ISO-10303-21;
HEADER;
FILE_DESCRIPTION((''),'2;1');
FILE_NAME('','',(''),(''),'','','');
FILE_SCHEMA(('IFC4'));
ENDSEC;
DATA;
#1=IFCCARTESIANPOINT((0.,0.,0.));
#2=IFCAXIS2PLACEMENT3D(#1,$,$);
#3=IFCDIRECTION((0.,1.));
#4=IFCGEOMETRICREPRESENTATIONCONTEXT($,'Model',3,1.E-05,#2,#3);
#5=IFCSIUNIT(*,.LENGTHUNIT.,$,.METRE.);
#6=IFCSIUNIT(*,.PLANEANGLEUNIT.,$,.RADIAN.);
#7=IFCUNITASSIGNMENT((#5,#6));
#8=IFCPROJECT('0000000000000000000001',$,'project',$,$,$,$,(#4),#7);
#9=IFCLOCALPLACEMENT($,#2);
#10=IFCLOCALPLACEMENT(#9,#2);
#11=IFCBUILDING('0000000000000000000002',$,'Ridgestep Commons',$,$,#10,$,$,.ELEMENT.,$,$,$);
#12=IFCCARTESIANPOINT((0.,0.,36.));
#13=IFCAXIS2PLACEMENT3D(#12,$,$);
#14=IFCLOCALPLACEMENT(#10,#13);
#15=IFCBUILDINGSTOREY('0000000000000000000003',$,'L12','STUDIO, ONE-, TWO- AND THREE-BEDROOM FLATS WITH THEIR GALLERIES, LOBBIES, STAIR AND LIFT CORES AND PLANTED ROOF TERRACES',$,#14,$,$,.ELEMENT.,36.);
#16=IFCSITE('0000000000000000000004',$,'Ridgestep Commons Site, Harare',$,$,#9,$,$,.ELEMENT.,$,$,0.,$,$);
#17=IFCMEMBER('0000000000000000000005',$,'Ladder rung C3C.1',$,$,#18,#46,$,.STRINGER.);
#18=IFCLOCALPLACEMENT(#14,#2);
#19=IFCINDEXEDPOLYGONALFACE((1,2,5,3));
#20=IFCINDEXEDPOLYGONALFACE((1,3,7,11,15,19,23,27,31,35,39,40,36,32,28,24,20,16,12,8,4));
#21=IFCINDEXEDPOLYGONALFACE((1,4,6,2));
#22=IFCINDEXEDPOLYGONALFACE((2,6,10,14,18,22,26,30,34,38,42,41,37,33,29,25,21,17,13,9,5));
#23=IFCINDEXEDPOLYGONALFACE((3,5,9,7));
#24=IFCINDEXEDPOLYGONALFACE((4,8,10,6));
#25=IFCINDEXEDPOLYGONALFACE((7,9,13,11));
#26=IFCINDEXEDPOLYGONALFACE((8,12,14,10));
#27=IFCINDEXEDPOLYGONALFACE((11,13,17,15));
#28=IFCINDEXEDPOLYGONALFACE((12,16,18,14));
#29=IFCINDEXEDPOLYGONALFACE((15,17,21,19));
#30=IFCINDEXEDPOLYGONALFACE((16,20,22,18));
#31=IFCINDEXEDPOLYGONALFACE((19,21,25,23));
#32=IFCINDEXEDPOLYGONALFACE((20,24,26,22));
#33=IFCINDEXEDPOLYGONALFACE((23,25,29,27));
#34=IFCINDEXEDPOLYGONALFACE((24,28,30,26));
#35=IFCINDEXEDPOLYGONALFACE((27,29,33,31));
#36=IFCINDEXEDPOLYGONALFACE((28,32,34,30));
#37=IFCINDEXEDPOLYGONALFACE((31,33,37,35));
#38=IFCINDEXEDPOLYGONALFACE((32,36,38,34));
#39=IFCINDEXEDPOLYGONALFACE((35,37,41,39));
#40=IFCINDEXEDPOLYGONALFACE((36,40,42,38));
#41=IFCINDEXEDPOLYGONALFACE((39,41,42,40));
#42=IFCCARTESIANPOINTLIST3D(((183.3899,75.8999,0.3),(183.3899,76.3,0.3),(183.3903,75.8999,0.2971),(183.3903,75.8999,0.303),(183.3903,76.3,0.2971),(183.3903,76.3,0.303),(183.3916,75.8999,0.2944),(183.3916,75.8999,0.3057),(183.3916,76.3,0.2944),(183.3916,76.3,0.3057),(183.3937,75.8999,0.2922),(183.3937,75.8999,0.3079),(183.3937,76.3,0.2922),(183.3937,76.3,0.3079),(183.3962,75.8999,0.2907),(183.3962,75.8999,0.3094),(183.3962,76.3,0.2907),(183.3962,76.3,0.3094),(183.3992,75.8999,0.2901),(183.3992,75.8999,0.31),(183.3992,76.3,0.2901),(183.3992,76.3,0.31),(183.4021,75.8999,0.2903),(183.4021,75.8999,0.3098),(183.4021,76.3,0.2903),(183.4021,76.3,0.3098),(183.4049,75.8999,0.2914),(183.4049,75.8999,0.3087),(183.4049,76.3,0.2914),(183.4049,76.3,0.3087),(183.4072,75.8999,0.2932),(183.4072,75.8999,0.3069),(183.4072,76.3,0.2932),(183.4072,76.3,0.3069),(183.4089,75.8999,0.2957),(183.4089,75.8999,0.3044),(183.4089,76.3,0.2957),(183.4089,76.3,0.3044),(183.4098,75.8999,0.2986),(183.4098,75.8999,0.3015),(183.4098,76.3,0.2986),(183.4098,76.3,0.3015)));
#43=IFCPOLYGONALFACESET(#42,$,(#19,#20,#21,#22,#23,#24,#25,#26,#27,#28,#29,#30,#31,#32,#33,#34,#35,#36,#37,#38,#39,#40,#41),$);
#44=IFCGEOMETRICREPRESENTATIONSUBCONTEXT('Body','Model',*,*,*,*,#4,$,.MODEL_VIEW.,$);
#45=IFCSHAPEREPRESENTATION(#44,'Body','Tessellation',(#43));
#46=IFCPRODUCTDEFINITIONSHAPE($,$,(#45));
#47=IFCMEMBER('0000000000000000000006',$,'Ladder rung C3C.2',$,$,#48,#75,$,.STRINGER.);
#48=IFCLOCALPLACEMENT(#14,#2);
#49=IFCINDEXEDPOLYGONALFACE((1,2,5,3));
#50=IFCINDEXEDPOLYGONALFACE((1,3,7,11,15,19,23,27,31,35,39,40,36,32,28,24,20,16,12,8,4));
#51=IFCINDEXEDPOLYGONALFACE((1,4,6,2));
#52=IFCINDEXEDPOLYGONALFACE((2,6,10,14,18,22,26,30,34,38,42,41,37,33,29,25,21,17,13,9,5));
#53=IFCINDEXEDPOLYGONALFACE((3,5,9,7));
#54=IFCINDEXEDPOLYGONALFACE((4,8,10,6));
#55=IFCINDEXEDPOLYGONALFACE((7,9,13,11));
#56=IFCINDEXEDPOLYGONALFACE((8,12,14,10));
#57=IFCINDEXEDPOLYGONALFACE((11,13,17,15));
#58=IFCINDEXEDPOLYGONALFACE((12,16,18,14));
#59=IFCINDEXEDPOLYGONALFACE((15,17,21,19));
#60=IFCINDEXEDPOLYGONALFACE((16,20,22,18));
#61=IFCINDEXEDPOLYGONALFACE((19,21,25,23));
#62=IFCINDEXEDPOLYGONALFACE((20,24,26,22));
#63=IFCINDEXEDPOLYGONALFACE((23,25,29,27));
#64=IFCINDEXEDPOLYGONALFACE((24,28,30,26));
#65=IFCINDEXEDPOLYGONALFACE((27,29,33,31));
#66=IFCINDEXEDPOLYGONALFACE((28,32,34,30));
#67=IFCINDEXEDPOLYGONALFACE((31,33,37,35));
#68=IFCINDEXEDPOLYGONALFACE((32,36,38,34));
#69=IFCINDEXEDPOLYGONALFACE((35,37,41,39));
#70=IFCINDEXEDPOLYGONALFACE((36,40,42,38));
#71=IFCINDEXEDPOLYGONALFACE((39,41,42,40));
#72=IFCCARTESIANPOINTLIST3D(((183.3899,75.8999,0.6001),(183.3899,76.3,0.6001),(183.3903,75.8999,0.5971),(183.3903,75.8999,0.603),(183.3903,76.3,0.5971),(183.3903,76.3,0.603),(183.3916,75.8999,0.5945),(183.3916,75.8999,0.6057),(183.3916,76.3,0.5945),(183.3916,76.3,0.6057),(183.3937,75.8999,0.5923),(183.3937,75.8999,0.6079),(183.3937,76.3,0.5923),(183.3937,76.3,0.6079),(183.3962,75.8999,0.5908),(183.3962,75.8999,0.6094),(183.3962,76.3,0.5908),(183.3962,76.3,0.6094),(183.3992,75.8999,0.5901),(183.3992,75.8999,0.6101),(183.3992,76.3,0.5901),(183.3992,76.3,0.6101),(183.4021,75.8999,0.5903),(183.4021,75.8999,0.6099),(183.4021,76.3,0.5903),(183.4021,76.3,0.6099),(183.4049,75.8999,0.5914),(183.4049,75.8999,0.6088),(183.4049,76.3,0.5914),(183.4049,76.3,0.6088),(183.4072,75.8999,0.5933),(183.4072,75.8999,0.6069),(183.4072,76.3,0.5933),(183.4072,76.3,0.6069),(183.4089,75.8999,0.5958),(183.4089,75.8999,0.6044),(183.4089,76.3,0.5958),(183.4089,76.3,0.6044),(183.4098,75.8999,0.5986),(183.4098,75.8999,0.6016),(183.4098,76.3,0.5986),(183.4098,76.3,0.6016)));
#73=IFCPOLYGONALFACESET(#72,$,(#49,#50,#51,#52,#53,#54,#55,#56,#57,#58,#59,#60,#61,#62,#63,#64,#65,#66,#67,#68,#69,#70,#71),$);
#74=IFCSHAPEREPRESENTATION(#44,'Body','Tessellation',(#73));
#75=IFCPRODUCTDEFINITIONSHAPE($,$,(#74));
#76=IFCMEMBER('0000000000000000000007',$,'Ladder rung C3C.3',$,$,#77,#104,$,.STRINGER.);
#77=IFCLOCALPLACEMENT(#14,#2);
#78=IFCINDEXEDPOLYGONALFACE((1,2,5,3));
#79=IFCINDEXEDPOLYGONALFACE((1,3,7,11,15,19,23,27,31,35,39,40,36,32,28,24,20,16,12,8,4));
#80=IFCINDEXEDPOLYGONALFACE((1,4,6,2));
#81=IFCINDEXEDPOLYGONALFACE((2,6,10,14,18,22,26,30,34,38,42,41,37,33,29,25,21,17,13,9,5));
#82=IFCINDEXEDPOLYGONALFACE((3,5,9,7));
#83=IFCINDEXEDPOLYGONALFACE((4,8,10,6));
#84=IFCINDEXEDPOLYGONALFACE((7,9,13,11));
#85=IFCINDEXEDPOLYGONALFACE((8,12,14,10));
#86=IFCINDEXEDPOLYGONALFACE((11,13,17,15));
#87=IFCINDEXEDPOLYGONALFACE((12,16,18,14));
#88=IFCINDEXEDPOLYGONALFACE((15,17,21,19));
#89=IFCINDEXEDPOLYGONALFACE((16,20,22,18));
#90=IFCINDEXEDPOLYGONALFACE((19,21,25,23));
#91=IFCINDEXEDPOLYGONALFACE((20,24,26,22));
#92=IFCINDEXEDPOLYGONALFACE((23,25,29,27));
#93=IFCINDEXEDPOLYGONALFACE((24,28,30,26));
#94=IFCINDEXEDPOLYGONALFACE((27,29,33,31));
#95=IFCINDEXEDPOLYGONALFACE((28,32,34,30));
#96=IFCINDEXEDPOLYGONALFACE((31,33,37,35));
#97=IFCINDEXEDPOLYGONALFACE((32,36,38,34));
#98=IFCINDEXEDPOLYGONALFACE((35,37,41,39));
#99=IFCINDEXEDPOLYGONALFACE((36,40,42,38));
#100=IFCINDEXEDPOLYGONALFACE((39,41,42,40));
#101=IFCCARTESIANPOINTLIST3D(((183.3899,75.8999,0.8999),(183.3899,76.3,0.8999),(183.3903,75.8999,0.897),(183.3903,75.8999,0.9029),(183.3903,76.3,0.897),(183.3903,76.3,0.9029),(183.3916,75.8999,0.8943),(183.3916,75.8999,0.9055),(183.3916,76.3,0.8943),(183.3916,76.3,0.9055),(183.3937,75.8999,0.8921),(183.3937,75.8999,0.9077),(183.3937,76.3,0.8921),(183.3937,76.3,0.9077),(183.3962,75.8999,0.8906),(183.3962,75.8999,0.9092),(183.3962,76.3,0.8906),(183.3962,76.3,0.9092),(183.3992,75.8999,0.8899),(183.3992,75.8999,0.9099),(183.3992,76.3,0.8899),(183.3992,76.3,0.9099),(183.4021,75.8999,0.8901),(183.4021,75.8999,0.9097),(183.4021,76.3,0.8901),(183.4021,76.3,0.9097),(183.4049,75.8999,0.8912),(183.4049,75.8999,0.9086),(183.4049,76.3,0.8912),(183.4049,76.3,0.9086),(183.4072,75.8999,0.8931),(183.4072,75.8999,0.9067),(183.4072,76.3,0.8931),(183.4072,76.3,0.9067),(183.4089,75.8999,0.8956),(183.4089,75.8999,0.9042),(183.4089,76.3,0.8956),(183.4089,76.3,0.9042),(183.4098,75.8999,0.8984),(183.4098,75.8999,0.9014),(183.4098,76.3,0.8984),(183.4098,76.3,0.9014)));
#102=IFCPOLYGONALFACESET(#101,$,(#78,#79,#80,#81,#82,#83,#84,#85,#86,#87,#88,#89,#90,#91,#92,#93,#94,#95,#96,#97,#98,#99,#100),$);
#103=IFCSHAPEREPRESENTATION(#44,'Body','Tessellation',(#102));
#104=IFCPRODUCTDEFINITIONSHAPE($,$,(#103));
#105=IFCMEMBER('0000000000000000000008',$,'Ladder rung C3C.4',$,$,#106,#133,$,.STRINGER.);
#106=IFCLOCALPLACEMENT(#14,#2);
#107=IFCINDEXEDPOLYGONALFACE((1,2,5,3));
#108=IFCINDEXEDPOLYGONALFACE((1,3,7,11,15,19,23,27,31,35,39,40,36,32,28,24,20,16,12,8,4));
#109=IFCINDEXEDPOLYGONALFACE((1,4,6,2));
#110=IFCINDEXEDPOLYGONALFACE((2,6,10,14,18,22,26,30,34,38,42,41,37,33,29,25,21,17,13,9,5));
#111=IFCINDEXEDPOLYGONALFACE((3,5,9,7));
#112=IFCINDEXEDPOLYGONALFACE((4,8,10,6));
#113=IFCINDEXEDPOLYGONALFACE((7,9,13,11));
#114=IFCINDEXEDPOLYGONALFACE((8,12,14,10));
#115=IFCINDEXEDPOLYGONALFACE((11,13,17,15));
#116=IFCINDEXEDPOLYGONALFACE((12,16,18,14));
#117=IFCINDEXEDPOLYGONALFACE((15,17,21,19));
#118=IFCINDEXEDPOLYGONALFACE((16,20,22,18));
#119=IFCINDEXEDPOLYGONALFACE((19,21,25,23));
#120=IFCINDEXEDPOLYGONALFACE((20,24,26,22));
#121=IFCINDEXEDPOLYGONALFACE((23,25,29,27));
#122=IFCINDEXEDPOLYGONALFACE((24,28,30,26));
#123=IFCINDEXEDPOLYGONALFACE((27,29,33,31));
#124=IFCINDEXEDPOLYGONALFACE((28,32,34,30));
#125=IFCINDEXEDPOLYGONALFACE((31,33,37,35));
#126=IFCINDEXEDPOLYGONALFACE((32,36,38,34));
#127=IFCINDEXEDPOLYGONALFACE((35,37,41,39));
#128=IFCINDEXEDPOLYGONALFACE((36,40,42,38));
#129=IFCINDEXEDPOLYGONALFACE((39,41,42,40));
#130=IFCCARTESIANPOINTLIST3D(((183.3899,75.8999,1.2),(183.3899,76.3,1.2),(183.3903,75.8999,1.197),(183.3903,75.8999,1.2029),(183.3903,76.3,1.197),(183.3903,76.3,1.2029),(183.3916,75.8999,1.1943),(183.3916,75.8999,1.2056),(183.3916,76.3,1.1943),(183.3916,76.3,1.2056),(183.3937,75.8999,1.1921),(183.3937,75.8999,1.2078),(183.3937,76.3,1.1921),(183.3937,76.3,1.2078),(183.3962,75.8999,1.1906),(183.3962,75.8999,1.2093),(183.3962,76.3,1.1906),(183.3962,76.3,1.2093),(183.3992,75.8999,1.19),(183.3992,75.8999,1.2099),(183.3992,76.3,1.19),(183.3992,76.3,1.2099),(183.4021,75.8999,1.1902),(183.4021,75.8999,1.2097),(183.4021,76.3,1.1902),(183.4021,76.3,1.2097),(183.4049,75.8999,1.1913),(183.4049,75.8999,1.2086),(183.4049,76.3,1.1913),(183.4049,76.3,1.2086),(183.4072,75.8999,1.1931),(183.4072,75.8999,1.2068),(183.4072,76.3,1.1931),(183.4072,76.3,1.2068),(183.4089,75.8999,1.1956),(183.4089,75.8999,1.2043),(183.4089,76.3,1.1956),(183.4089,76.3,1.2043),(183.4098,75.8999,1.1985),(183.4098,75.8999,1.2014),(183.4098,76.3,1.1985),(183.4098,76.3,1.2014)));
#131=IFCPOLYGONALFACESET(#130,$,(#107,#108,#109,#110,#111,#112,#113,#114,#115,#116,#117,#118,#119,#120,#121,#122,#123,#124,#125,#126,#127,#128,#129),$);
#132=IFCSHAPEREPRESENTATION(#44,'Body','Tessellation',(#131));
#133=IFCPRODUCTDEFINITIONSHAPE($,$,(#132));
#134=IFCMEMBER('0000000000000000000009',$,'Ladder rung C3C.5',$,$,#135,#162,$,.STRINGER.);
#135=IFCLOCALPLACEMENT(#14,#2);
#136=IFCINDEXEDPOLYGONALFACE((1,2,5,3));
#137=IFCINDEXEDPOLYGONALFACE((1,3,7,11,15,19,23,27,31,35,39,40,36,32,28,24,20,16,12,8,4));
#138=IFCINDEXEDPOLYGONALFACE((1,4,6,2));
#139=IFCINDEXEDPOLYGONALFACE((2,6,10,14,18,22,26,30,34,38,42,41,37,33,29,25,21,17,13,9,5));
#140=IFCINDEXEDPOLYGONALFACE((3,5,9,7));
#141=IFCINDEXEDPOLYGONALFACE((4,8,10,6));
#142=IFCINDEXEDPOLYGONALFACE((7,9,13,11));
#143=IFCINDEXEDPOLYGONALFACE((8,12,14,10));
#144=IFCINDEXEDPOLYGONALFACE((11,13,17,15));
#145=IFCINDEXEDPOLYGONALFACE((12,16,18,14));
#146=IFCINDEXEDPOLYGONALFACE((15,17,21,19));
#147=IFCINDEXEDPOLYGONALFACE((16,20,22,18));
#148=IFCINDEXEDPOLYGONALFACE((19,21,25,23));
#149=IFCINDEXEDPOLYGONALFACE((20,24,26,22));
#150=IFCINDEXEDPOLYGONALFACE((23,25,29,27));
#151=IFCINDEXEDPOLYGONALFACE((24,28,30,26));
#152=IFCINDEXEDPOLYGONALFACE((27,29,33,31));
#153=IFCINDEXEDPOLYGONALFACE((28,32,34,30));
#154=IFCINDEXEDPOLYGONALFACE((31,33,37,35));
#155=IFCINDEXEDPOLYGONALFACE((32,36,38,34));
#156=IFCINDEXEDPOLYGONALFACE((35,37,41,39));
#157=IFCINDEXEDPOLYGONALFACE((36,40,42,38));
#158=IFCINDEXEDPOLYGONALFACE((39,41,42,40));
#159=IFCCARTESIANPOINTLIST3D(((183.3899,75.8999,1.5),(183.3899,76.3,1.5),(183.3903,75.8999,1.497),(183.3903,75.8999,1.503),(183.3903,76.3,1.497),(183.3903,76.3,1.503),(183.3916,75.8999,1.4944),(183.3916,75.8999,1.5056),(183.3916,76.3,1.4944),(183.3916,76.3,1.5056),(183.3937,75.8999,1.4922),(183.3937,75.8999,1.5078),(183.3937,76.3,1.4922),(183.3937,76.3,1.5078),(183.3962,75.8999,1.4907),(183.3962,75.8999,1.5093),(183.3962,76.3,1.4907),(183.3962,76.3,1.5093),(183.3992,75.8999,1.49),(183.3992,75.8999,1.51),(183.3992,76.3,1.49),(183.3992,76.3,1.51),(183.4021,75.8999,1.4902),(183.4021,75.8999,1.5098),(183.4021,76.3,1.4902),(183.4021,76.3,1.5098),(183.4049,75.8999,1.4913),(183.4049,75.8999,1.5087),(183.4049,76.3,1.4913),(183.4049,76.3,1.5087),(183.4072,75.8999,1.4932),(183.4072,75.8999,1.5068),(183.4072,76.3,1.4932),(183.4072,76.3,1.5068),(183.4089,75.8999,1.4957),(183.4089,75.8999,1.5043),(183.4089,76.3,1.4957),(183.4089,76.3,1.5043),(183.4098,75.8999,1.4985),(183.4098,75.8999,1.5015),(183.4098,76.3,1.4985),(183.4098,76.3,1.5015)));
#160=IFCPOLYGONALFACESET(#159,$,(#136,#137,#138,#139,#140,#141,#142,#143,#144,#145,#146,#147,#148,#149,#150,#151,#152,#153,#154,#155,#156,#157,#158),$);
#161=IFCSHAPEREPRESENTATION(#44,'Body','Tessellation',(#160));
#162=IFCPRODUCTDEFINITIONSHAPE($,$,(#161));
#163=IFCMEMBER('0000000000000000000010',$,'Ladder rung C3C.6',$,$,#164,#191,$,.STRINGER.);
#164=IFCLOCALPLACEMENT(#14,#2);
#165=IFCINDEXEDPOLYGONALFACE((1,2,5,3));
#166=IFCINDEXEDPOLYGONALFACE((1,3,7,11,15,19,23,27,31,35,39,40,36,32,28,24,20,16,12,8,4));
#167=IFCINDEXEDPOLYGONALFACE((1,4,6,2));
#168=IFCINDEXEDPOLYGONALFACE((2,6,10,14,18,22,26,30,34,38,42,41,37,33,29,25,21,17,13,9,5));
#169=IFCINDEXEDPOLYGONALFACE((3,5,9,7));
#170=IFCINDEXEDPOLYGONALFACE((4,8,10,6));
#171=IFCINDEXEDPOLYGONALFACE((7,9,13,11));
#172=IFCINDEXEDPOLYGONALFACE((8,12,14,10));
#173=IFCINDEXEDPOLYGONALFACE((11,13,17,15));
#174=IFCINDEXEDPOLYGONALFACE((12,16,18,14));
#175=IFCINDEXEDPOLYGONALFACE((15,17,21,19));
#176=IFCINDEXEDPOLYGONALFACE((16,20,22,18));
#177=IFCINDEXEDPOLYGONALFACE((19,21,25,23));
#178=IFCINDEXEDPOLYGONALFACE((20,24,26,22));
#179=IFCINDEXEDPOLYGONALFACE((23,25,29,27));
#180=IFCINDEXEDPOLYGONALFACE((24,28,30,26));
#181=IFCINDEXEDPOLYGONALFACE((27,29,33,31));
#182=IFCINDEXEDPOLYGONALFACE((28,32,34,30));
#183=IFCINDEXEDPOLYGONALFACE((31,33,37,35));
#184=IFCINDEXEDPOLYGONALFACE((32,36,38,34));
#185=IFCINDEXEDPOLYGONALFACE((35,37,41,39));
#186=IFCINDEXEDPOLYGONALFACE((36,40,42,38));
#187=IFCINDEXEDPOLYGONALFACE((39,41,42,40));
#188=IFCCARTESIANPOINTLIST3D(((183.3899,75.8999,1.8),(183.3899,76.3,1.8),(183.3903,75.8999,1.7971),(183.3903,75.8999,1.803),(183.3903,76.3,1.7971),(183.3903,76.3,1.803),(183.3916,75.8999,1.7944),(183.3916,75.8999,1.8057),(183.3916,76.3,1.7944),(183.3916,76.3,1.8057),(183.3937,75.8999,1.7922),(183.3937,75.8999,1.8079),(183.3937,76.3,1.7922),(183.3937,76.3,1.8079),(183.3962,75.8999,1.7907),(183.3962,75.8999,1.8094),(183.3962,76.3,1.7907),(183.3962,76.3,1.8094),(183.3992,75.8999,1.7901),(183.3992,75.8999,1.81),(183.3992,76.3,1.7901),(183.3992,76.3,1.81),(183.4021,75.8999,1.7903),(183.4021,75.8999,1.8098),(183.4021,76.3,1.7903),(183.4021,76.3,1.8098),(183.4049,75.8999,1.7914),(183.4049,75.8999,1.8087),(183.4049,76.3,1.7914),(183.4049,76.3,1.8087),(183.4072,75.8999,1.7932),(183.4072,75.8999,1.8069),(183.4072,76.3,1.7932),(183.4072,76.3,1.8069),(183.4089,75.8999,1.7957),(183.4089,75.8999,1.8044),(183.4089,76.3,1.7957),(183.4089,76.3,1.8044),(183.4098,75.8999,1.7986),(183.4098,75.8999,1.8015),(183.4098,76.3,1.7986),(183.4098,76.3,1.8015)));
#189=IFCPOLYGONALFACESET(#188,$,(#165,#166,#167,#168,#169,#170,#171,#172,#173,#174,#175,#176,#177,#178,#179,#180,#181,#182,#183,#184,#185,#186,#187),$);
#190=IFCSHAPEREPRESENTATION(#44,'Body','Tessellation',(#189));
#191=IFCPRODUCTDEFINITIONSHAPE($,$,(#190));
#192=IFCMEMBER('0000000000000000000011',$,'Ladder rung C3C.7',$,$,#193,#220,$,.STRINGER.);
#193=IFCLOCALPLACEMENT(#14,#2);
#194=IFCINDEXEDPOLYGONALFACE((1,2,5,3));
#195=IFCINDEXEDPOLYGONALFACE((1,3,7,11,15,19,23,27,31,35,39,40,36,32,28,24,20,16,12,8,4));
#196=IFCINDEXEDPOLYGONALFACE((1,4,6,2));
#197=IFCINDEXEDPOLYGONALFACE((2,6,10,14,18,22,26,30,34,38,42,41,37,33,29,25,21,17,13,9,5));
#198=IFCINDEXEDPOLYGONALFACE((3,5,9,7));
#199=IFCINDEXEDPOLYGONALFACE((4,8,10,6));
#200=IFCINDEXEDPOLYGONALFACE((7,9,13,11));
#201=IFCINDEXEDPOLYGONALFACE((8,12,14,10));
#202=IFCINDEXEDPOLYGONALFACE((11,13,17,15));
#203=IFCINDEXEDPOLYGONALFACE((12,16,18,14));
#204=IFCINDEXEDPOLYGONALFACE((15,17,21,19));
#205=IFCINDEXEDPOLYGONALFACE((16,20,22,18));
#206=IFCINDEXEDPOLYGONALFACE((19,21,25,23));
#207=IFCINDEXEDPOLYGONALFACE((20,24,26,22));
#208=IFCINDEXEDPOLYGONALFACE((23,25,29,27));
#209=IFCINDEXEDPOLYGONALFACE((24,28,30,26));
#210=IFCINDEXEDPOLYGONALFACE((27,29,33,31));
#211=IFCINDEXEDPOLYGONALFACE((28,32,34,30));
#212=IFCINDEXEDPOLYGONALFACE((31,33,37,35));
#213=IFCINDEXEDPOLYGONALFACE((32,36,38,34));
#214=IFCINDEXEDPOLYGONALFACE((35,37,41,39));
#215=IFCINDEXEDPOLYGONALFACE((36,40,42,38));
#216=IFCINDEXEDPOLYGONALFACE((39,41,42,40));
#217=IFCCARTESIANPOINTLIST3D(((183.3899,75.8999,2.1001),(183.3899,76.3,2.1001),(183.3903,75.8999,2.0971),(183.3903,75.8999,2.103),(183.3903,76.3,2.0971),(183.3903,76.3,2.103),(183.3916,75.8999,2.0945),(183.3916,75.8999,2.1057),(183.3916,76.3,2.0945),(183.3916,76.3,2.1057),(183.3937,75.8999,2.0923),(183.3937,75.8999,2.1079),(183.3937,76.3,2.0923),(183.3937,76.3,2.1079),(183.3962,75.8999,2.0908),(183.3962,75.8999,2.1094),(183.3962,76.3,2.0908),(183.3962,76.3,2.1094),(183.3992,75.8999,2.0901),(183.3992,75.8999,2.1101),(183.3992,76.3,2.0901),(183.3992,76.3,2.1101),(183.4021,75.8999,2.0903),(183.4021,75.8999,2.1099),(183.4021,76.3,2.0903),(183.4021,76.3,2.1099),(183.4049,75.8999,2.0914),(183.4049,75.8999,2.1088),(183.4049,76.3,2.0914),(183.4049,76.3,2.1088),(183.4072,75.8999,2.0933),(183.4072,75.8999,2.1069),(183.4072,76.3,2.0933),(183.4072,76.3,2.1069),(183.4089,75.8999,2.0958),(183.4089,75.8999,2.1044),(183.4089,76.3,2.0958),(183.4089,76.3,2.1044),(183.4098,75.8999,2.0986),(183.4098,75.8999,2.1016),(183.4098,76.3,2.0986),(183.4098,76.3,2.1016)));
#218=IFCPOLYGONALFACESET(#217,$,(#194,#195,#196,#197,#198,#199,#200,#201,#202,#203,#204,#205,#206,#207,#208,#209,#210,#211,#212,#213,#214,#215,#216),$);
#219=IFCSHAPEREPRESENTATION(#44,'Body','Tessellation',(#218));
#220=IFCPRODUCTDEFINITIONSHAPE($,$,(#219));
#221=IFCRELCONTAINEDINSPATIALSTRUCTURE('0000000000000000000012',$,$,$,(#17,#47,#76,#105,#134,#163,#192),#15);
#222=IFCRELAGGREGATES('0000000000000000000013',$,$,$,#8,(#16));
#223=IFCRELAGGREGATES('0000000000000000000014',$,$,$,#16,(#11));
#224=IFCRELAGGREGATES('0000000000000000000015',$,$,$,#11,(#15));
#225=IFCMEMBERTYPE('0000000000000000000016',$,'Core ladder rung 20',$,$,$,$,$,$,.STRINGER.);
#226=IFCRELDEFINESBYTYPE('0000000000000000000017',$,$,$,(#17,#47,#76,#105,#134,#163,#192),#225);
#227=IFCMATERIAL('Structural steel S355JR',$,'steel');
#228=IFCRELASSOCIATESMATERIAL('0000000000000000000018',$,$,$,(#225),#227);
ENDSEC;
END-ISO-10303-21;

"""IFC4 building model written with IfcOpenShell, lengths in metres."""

from ifc_helpers import new_model, si_unit, direction, frame, origin, origin_2d, place, context, subcontext, project, spatial, circle, extrude, material, material_profile, profile_set, type_object, element, save


model = new_model("IFC4")

# Units and contexts
model_context = context("Model", 3, precision=1e-05, world=origin(), true_north=direction((0.0, 1.0)))
body_context = subcontext(model_context, "Body", "Model", "MODEL_VIEW")
ifc_project = project(units=[si_unit("LENGTHUNIT", "METRE"), si_unit("PLANEANGLEUNIT", "RADIAN")], contexts=[model_context])

# Site, building, storey
site_placement = place(None, origin())
site = spatial("IfcSite", under=ifc_project, at=site_placement, Name="Ridgestep Commons Site, Harare", CompositionType="ELEMENT", RefElevation=0.0)
building_placement = place(site_placement, origin())
building = spatial("IfcBuilding", under=site, at=building_placement, Name="Ridgestep Commons", CompositionType="ELEMENT")
storey_placement = place(building_placement, frame((0.0, 0.0, 36.0)))
storey = spatial("IfcBuildingStorey", under=building, at=storey_placement, Name="L12", Description="STUDIO, ONE-, TWO- AND THREE-BEDROOM FLATS WITH THEIR GALLERIES, LOBBIES, STAIR AND LIFT CORES AND PLANTED ROOF TERRACES", CompositionType="ELEMENT", Elevation=36.0)

# Members
ifc_material_1 = material(Name="Structural steel S355JR", Category="steel")
ifc_material_profile_1 = material_profile(ifc_material_1, circle(Radius=0.01, at=origin_2d()), Name="Round bar 20")
ifc_profile_set_1 = profile_set([ifc_material_profile_1], Name="Structural steel S355JR")
member_type_1 = type_object("IfcMemberType", Name="Core ladder rung 20", PredefinedType="STRINGER", material=ifc_profile_set_1)
for number, where, z_axis, x_axis, name in (
    (1, (183.3999, 75.8999, 0.3), (0.0, 1.0, 0.0), (-1.0, 0.0, 0.0), "Ladder rung C3C.1"),
    (2, (183.3999, 75.8999, 0.6001), (0.0, 1.0, 0.0), (-1.0, 0.0, 0.0), "Ladder rung C3C.2"),
    (3, (183.3999, 75.8999, 0.8999), (0.0, 1.0, 0.0), (-1.0, 0.0, 0.0), "Ladder rung C3C.3"),
    (4, (183.3999, 75.8999, 1.2), (0.0, 1.0, 0.0), (-1.0, 0.0, 0.0), "Ladder rung C3C.4"),
    (5, (183.3999, 75.8999, 1.5), (0.0, 1.0, 0.0), (-1.0, 0.0, 0.0), "Ladder rung C3C.5"),
    (6, (183.3999, 75.8999, 1.8), (0.0, 1.0, 0.0), (-1.0, 0.0, 0.0), "Ladder rung C3C.6"),
    (7, (183.3999, 75.8999, 2.1001), (0.0, 1.0, 0.0), (-1.0, 0.0, 0.0), "Ladder rung C3C.7"),
):
    element("IfcMember", number, at=place(storey_placement, frame(where, z_axis=z_axis, x_axis=x_axis)), inside=storey, type_object=member_type_1, Name=name, PredefinedType="STRINGER", context=body_context, shape_type="SweptSolid", body=[
        extrude(circle(Radius=0.01, at=origin_2d()), origin(), (0.0, 0.0, 1.0), 0.4001),
    ])

save(model, "model.ifc")
